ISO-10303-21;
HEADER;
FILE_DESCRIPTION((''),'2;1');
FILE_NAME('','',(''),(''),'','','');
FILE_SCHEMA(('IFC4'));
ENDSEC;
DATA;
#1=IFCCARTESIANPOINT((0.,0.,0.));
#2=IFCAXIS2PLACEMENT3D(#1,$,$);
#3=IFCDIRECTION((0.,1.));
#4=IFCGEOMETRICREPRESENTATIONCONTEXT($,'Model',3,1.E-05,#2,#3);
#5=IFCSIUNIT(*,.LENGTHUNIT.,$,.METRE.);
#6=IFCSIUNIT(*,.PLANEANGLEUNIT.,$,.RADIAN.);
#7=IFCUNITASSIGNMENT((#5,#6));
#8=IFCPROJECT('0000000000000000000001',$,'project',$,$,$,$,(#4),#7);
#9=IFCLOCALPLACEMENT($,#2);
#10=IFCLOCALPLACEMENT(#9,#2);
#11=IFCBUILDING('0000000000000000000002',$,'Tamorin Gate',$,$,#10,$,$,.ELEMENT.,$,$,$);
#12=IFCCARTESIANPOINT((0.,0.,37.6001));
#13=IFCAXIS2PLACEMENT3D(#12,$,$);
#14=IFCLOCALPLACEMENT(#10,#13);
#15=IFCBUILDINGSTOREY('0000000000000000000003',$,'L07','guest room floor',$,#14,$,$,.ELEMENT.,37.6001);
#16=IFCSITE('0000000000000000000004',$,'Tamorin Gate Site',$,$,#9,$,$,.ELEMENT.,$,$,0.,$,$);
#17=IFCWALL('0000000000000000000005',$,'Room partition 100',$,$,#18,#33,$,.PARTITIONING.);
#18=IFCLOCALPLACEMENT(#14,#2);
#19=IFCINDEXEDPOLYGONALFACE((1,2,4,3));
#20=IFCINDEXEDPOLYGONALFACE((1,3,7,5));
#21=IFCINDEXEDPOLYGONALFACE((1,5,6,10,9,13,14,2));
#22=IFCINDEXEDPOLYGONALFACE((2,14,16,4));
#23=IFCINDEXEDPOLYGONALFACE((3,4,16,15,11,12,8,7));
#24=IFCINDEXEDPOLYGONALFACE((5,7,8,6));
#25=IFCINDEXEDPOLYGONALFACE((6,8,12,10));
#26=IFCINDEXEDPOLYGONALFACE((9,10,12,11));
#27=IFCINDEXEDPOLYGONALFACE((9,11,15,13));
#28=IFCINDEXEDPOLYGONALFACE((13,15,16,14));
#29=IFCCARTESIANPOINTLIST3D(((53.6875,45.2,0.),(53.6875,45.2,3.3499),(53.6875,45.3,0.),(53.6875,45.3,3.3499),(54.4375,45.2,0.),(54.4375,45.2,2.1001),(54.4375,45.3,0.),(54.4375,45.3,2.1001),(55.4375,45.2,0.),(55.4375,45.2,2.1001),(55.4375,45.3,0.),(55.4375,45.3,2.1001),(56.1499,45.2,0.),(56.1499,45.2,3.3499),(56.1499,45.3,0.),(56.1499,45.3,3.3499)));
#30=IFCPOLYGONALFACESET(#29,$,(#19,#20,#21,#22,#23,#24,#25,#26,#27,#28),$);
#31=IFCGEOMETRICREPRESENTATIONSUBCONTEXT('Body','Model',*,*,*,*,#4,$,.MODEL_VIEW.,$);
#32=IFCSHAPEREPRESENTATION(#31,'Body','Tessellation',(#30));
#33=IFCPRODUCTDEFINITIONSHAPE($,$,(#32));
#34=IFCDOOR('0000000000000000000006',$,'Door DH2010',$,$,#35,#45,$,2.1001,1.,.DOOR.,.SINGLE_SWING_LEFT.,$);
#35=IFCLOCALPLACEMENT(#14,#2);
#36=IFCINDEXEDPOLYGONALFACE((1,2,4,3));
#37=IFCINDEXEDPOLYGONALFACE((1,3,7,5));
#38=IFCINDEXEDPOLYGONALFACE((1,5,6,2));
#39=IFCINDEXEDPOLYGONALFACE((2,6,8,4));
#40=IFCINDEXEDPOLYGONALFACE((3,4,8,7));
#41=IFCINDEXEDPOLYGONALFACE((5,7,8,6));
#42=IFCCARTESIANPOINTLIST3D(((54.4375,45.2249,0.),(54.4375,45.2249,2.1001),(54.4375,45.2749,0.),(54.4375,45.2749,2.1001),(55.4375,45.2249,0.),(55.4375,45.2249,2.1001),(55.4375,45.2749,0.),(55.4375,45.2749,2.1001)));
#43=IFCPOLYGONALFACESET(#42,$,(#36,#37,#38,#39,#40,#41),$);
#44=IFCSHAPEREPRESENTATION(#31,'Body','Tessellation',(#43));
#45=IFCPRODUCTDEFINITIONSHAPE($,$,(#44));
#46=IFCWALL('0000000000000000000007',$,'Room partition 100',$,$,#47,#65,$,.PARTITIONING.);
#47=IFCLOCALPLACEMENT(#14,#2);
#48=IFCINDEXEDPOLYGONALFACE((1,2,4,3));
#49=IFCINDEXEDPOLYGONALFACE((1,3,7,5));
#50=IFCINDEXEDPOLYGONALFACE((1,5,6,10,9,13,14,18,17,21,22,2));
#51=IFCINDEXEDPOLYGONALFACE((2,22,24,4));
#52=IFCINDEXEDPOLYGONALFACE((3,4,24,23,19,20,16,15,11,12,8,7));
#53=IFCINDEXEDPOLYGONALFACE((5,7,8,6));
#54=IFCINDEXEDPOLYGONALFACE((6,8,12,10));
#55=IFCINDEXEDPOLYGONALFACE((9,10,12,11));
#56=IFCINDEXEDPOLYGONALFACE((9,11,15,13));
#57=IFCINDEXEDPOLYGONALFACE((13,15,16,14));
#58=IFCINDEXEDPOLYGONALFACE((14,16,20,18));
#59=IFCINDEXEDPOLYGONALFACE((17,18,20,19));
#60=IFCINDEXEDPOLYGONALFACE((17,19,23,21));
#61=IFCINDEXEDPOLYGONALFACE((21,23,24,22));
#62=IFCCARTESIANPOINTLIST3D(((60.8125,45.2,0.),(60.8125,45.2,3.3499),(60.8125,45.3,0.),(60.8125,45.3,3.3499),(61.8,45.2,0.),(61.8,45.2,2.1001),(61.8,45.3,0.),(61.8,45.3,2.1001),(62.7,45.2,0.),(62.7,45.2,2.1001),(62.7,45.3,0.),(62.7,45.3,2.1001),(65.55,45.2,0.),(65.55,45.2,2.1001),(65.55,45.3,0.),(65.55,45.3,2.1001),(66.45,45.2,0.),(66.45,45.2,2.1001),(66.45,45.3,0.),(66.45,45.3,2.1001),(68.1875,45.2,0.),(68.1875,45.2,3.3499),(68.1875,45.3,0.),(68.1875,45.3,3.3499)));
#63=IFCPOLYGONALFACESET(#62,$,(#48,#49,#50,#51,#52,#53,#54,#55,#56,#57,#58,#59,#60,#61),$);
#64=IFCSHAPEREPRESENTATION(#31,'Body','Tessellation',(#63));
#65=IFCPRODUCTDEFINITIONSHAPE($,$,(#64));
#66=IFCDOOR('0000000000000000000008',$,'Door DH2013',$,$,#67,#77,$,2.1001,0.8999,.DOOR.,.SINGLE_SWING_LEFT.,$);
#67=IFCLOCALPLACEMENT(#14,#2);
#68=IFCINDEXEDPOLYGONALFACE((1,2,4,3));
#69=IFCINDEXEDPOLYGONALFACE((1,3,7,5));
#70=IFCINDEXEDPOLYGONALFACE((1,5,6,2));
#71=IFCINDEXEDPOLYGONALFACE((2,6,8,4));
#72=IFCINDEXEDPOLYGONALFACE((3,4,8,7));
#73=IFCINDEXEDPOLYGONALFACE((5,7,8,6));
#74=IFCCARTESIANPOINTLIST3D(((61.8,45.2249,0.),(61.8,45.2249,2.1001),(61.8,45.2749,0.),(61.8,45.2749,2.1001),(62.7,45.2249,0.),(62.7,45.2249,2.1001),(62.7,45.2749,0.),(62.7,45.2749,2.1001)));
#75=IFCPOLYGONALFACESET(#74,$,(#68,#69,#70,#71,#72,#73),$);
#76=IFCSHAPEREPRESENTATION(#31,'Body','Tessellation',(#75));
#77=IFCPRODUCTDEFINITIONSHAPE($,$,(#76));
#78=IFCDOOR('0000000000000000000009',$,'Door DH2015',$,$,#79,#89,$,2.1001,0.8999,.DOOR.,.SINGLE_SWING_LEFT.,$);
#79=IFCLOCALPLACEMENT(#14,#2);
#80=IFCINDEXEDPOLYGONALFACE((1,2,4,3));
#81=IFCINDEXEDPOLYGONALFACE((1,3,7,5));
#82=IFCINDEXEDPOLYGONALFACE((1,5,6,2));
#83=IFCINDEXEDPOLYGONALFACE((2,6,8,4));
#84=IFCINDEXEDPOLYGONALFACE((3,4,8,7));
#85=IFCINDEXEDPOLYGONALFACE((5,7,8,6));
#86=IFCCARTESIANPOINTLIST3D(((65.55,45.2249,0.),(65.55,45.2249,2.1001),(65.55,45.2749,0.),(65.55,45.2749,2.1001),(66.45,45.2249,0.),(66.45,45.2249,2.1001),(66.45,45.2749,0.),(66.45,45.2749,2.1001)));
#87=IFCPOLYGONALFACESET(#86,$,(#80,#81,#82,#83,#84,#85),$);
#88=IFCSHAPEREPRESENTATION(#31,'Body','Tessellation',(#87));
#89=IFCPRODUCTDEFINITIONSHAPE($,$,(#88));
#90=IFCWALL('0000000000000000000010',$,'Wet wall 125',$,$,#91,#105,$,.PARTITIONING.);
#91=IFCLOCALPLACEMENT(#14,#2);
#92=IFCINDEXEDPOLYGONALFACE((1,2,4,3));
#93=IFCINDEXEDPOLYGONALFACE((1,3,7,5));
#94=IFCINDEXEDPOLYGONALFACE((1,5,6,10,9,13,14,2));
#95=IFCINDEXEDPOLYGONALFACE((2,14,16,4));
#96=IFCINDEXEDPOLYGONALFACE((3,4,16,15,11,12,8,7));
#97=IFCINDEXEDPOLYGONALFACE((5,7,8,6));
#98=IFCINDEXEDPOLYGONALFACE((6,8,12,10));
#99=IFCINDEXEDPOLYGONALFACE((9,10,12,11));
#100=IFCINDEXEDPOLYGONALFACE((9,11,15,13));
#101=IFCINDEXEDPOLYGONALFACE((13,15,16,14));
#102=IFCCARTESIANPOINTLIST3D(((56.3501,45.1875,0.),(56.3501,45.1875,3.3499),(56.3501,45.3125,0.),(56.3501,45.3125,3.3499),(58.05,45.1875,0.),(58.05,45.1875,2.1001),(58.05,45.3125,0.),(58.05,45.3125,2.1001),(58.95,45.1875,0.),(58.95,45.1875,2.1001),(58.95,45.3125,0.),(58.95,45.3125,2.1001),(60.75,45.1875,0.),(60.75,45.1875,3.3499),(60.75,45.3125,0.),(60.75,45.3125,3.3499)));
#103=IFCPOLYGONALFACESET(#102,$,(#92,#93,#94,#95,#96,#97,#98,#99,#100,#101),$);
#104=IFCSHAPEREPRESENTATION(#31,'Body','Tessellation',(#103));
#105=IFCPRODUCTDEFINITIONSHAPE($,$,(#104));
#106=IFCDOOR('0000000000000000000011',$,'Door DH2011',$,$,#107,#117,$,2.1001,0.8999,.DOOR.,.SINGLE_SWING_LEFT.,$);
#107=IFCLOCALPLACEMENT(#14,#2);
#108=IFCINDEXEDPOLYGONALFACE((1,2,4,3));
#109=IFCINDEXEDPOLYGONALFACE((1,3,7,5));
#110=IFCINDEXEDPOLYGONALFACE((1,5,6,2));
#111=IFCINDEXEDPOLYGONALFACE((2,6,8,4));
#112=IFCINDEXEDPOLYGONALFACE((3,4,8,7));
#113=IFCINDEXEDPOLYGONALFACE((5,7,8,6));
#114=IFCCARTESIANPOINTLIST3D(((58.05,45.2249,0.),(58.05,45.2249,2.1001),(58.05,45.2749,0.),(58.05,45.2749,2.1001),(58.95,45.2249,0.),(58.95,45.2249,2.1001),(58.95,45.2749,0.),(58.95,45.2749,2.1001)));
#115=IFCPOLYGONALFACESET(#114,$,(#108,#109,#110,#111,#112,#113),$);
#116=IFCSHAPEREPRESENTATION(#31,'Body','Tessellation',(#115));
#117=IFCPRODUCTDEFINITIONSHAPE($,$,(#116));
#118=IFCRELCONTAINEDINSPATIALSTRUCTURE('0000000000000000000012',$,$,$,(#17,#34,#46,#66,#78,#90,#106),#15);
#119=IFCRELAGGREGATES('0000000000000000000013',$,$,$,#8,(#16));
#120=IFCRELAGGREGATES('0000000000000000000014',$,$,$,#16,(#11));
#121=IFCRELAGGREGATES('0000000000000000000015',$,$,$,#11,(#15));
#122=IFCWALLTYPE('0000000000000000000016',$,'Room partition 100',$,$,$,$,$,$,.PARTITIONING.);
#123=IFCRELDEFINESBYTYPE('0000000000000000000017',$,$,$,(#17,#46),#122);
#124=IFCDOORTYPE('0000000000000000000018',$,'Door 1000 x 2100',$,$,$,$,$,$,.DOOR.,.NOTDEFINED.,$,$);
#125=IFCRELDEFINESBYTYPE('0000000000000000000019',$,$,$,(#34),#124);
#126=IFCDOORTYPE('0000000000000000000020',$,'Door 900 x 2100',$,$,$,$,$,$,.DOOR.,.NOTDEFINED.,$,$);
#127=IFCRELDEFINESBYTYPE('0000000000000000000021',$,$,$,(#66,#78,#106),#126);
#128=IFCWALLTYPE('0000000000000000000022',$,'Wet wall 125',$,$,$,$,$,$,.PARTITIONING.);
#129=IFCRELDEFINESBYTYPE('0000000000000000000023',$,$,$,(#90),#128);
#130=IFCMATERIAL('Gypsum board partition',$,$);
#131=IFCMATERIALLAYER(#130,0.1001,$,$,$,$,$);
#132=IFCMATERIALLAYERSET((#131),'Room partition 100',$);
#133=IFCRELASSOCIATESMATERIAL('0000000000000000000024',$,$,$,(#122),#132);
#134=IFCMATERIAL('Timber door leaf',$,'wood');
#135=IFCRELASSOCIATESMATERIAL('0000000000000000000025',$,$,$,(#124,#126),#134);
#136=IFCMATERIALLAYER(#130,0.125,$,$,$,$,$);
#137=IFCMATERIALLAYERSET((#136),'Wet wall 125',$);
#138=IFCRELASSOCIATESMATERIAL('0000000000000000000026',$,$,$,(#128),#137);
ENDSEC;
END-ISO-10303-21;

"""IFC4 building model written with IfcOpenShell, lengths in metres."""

from ifc_helpers import new_model, si_unit, direction, frame, frame_2d, origin, place, context, subcontext, project, spatial, rectangle, extrude, material, layer, layer_set, type_object, element, fill, save


model = new_model("IFC4")

# Units and contexts
model_context = context("Model", 3, precision=1e-05, world=origin(), true_north=direction((0.0, 1.0)))
body_context = subcontext(model_context, "Body", "Model", "MODEL_VIEW")
ifc_project = project(units=[si_unit("LENGTHUNIT", "METRE"), si_unit("PLANEANGLEUNIT", "RADIAN")], contexts=[model_context])

# Site, building, storey
site_placement = place(None, origin())
site = spatial("IfcSite", under=ifc_project, at=site_placement, Name="Tamorin Gate Site", CompositionType="ELEMENT", RefElevation=0.0)
building_placement = place(site_placement, origin())
building = spatial("IfcBuilding", under=site, at=building_placement, Name="Tamorin Gate", CompositionType="ELEMENT")
storey_placement = place(building_placement, frame((0.0, 0.0, 37.6001)))
storey = spatial("IfcBuildingStorey", under=building, at=storey_placement, Name="L07", Description="guest room floor", CompositionType="ELEMENT", Elevation=37.6001)

# Shared definitions
ifc_material_1 = material(Name="Gypsum board partition")

# Wall, opening, door
ifc_layer_1 = layer(ifc_material_1, 0.1001)
ifc_layer_set_1 = layer_set([ifc_layer_1], Name="Room partition 100")
wall_type_1 = type_object("IfcWallType", Name="Room partition 100", PredefinedType="PARTITIONING", material=ifc_layer_set_1)
wall_1_placement = place(storey_placement, frame((53.6875, 45.25, 0.0), z_axis=(0.0, 0.0, 1.0), x_axis=(1.0, 0.0, 0.0)))
wall_1 = element("IfcWall", 1, at=wall_1_placement, inside=storey, type_object=wall_type_1, Name="Room partition 100", PredefinedType="PARTITIONING", context=body_context, shape_type="SweptSolid", body=[
    extrude(rectangle(XDim=2.4624, YDim=0.1001, at=frame_2d((1.2312, 0.0))), origin(), (0.0, 0.0, 1.0), 3.3499),
])
opening_1_placement = place(wall_1_placement, frame((0.75, 0.0, 0.0)))
opening_1 = element("IfcOpeningElement", 2, at=opening_1_placement, cuts=wall_1, PredefinedType="OPENING", context=body_context, shape_type="SweptSolid", body=[
    extrude(rectangle(XDim=1.0, YDim=2.1001, at=frame_2d((0.5, 1.05))), frame((0.0, 0.0601, 0.0), z_axis=(0.0, -1.0, 0.0), x_axis=(1.0, 0.0, 0.0)), (0.0, 0.0, 1.0), 0.1201),
])
ifc_material_2 = material(Name="Timber door leaf", Category="wood")
door_type_1 = type_object("IfcDoorType", Name="Door 1000 x 2100", OperationType="NOTDEFINED", PredefinedType="DOOR", material=ifc_material_2)
door_1_placement = place(opening_1_placement, origin())
door_1 = element("IfcDoor", 3, at=door_1_placement, inside=storey, type_object=door_type_1, Name="Door DH2010", OperationType="SINGLE_SWING_LEFT", OverallHeight=2.1001, OverallWidth=1.0, PredefinedType="DOOR", context=body_context, shape_type="SweptSolid", body=[
    extrude(rectangle(XDim=1.0, YDim=2.1001, at=frame_2d((0.5, 1.05))), frame((0.0, 0.0249, 0.0), z_axis=(0.0, -1.0, 0.0), x_axis=(1.0, 0.0, 0.0)), (0.0, 0.0, 1.0), 0.05),
])
fill(opening_1, door_1)

# Wall, openings, doors
wall_2_placement = place(storey_placement, frame((60.8125, 45.25, 0.0), z_axis=(0.0, 0.0, 1.0), x_axis=(1.0, 0.0, 0.0)))
wall_2 = element("IfcWall", 4, at=wall_2_placement, inside=storey, type_object=wall_type_1, Name="Room partition 100", PredefinedType="PARTITIONING", context=body_context, shape_type="SweptSolid", body=[
    extrude(rectangle(XDim=7.375, YDim=0.1001, at=frame_2d((3.6875, 0.0))), origin(), (0.0, 0.0, 1.0), 3.3499),
])
opening_2_placement = place(wall_2_placement, frame((0.9875, 0.0, 0.0)))
opening_2 = element("IfcOpeningElement", 5, at=opening_2_placement, cuts=wall_2, PredefinedType="OPENING", context=body_context, shape_type="SweptSolid", body=[
    extrude(rectangle(XDim=0.8999, YDim=2.1001, at=frame_2d((0.45, 1.05))), frame((0.0, 0.0601, 0.0), z_axis=(0.0, -1.0, 0.0), x_axis=(1.0, 0.0, 0.0)), (0.0, 0.0, 1.0), 0.1201),
])
opening_3_placement = place(wall_2_placement, frame((4.7375, 0.0, 0.0)))
opening_3 = element("IfcOpeningElement", 6, at=opening_3_placement, cuts=wall_2, PredefinedType="OPENING", context=body_context, shape_type="SweptSolid", body=[
    extrude(rectangle(XDim=0.8999, YDim=2.1001, at=frame_2d((0.45, 1.05))), frame((0.0, 0.0601, 0.0), z_axis=(0.0, -1.0, 0.0), x_axis=(1.0, 0.0, 0.0)), (0.0, 0.0, 1.0), 0.1201),
])
door_type_2 = type_object("IfcDoorType", Name="Door 900 x 2100", OperationType="NOTDEFINED", PredefinedType="DOOR", material=ifc_material_2)
door_2_placement = place(opening_2_placement, origin())
door_2 = element("IfcDoor", 7, at=door_2_placement, inside=storey, type_object=door_type_2, Name="Door DH2013", OperationType="SINGLE_SWING_LEFT", OverallHeight=2.1001, OverallWidth=0.8999, PredefinedType="DOOR", context=body_context, shape_type="SweptSolid", body=[
    extrude(rectangle(XDim=0.8999, YDim=2.1001, at=frame_2d((0.45, 1.05))), frame((0.0, 0.0249, 0.0), z_axis=(0.0, -1.0, 0.0), x_axis=(1.0, 0.0, 0.0)), (0.0, 0.0, 1.0), 0.05),
])
fill(opening_2, door_2)
door_3_placement = place(opening_3_placement, origin())
door_3 = element("IfcDoor", 8, at=door_3_placement, inside=storey, type_object=door_type_2, Name="Door DH2015", OperationType="SINGLE_SWING_LEFT", OverallHeight=2.1001, OverallWidth=0.8999, PredefinedType="DOOR", context=body_context, shape_type="SweptSolid", body=[
    extrude(rectangle(XDim=0.8999, YDim=2.1001, at=frame_2d((0.45, 1.05))), frame((0.0, 0.0249, 0.0), z_axis=(0.0, -1.0, 0.0), x_axis=(1.0, 0.0, 0.0)), (0.0, 0.0, 1.0), 0.05),
])
fill(opening_3, door_3)

# Wall, opening, door
ifc_layer_2 = layer(ifc_material_1, 0.125)
ifc_layer_set_2 = layer_set([ifc_layer_2], Name="Wet wall 125")
wall_type_2 = type_object("IfcWallType", Name="Wet wall 125", PredefinedType="PARTITIONING", material=ifc_layer_set_2)
wall_3_placement = place(storey_placement, frame((56.3501, 45.25, 0.0), z_axis=(0.0, 0.0, 1.0), x_axis=(1.0, 0.0, 0.0)))
wall_3 = element("IfcWall", 9, at=wall_3_placement, inside=storey, type_object=wall_type_2, Name="Wet wall 125", PredefinedType="PARTITIONING", context=body_context, shape_type="SweptSolid", body=[
    extrude(rectangle(XDim=4.3999, YDim=0.125, at=frame_2d((2.2, 0.0))), origin(), (0.0, 0.0, 1.0), 3.3499),
])
opening_4_placement = place(wall_3_placement, frame((1.7, 0.0, 0.0)))
opening_4 = element("IfcOpeningElement", 10, at=opening_4_placement, cuts=wall_3, PredefinedType="OPENING", context=body_context, shape_type="SweptSolid", body=[
    extrude(rectangle(XDim=0.8999, YDim=2.1001, at=frame_2d((0.45, 1.05))), frame((0.0, 0.0725, 0.0), z_axis=(0.0, -1.0, 0.0), x_axis=(1.0, 0.0, 0.0)), (0.0, 0.0, 1.0), 0.145),
])
door_4_placement = place(opening_4_placement, origin())
door_4 = element("IfcDoor", 11, at=door_4_placement, inside=storey, type_object=door_type_2, Name="Door DH2011", OperationType="SINGLE_SWING_LEFT", OverallHeight=2.1001, OverallWidth=0.8999, PredefinedType="DOOR", context=body_context, shape_type="SweptSolid", body=[
    extrude(rectangle(XDim=0.8999, YDim=2.1001, at=frame_2d((0.45, 1.05))), frame((0.0, 0.0249, 0.0), z_axis=(0.0, -1.0, 0.0), x_axis=(1.0, 0.0, 0.0)), (0.0, 0.0, 1.0), 0.05),
])
fill(opening_4, door_4)

save(model, "model.ifc")
